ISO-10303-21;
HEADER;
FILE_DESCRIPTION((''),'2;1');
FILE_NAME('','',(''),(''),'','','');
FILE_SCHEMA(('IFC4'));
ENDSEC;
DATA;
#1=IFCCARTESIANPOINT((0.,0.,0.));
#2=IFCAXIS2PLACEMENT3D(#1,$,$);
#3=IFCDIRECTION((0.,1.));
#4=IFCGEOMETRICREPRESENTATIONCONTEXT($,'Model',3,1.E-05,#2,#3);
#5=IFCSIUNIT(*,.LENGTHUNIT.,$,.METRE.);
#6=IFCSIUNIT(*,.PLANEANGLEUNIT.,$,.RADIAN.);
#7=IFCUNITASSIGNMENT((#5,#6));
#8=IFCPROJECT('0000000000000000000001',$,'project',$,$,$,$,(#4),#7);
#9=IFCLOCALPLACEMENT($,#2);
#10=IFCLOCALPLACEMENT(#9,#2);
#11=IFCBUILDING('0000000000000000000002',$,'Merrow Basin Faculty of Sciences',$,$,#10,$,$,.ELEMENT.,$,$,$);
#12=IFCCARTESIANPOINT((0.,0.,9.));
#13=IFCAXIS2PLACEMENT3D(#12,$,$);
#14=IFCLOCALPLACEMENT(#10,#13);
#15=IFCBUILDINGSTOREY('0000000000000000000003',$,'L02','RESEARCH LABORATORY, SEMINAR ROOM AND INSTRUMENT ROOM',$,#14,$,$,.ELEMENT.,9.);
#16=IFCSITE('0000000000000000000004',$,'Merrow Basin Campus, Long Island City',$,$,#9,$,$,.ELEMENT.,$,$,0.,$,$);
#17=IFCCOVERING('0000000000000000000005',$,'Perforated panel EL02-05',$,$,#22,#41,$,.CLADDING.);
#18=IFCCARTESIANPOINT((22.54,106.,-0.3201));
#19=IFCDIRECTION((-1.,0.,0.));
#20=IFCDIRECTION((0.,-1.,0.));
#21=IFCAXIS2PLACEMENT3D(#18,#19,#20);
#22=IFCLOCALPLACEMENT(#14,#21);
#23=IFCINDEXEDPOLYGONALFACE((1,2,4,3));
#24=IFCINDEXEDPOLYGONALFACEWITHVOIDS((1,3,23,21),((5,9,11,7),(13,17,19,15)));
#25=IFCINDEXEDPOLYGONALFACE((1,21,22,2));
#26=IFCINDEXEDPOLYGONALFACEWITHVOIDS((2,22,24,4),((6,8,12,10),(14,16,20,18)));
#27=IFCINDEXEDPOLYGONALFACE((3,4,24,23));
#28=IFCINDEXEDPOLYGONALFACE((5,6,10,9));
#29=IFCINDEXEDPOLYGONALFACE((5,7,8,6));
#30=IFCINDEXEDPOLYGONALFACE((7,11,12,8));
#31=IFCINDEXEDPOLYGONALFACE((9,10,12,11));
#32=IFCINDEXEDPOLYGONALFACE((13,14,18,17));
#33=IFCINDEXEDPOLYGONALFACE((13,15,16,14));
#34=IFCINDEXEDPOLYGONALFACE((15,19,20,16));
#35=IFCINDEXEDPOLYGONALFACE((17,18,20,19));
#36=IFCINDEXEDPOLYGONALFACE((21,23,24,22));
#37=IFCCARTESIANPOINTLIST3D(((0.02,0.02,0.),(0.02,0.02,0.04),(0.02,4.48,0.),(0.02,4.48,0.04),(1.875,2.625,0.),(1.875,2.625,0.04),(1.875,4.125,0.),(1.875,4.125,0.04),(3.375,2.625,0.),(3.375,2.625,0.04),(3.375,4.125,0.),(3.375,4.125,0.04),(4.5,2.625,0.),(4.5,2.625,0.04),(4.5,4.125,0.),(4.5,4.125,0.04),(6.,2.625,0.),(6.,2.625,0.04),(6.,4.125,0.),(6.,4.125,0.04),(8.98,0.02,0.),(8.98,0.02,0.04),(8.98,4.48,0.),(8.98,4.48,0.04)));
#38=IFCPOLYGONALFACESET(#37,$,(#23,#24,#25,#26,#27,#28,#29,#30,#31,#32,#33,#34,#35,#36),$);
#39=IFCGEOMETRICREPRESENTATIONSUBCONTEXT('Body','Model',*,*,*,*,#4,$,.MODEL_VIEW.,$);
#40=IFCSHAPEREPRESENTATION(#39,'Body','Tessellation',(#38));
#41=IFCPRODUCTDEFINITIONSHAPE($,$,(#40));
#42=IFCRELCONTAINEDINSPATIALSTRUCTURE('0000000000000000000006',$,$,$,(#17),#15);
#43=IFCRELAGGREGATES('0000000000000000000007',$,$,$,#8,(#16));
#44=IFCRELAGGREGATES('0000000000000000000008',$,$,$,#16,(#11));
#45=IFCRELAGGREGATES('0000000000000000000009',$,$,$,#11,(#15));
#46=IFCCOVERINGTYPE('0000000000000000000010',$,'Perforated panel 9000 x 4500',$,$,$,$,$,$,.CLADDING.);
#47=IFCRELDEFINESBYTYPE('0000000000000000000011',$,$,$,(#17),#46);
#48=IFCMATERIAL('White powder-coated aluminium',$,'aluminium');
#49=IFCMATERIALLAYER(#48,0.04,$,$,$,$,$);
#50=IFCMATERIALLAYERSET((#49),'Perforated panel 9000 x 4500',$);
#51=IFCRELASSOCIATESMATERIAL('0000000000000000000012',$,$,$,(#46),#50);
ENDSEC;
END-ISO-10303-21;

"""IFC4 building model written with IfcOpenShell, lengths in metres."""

from ifc_helpers import new_model, si_unit, direction, frame, origin, place, context, subcontext, project, spatial, polyline, outline, extrude, source, transform, mapped, material, layer, layer_set, type_object, element, save


model = new_model("IFC4")

# Units and contexts
model_context = context("Model", 3, precision=1e-05, world=origin(), true_north=direction((0.0, 1.0)))
body_context = subcontext(model_context, "Body", "Model", "MODEL_VIEW")
ifc_project = project(units=[si_unit("LENGTHUNIT", "METRE"), si_unit("PLANEANGLEUNIT", "RADIAN")], contexts=[model_context])

# Site, building, storey
site_placement = place(None, origin())
site = spatial("IfcSite", under=ifc_project, at=site_placement, Name="Merrow Basin Campus, Long Island City", CompositionType="ELEMENT", RefElevation=0.0)
building_placement = place(site_placement, origin())
building = spatial("IfcBuilding", under=site, at=building_placement, Name="Merrow Basin Faculty of Sciences", CompositionType="ELEMENT")
storey_placement = place(building_placement, frame((0.0, 0.0, 9.0)))
storey = spatial("IfcBuildingStorey", under=building, at=storey_placement, Name="L02", Description="RESEARCH LABORATORY, SEMINAR ROOM AND INSTRUMENT ROOM", CompositionType="ELEMENT", Elevation=9.0)

# Covering
ifc_material_1 = material(Name="White powder-coated aluminium", Category="aluminium")
ifc_layer_1 = layer(ifc_material_1, 0.04)
ifc_layer_set_1 = layer_set([ifc_layer_1], Name="Perforated panel 9000 x 4500")
covering_type = type_object("IfcCoveringType", Name="Perforated panel 9000 x 4500", PredefinedType="CLADDING", material=ifc_layer_set_1)
shared_shape_1 = source(origin(), body_context, "Body", "SweptSolid", [
    extrude(outline(polyline([(0.02, 0.02), (8.98, 0.02), (8.98, 4.48), (0.02, 4.48), (0.02, 0.02)]), holes=[polyline([(4.5, 2.625), (6.0, 2.625), (6.0, 4.125), (4.5, 4.125), (4.5, 2.625)]), polyline([(1.875, 2.625), (3.375, 2.625), (3.375, 4.125), (1.875, 4.125), (1.875, 2.625)])]), origin(), (0.0, 0.0, 1.0), 0.04),
])
covering_placement = place(storey_placement, frame((22.54, 106.0, -0.3201), z_axis=(-1.0, 0.0, 0.0), x_axis=(0.0, -1.0, 0.0)))
element("IfcCovering", 1, at=covering_placement, inside=storey, type_object=covering_type, Name="Perforated panel EL02-05", PredefinedType="CLADDING", context=body_context, shape_type="MappedRepresentation", body=[
    mapped(shared_shape_1, transform((0.0, 0.0, 0.0), scale=1.0)),
])

save(model, "model.ifc")
